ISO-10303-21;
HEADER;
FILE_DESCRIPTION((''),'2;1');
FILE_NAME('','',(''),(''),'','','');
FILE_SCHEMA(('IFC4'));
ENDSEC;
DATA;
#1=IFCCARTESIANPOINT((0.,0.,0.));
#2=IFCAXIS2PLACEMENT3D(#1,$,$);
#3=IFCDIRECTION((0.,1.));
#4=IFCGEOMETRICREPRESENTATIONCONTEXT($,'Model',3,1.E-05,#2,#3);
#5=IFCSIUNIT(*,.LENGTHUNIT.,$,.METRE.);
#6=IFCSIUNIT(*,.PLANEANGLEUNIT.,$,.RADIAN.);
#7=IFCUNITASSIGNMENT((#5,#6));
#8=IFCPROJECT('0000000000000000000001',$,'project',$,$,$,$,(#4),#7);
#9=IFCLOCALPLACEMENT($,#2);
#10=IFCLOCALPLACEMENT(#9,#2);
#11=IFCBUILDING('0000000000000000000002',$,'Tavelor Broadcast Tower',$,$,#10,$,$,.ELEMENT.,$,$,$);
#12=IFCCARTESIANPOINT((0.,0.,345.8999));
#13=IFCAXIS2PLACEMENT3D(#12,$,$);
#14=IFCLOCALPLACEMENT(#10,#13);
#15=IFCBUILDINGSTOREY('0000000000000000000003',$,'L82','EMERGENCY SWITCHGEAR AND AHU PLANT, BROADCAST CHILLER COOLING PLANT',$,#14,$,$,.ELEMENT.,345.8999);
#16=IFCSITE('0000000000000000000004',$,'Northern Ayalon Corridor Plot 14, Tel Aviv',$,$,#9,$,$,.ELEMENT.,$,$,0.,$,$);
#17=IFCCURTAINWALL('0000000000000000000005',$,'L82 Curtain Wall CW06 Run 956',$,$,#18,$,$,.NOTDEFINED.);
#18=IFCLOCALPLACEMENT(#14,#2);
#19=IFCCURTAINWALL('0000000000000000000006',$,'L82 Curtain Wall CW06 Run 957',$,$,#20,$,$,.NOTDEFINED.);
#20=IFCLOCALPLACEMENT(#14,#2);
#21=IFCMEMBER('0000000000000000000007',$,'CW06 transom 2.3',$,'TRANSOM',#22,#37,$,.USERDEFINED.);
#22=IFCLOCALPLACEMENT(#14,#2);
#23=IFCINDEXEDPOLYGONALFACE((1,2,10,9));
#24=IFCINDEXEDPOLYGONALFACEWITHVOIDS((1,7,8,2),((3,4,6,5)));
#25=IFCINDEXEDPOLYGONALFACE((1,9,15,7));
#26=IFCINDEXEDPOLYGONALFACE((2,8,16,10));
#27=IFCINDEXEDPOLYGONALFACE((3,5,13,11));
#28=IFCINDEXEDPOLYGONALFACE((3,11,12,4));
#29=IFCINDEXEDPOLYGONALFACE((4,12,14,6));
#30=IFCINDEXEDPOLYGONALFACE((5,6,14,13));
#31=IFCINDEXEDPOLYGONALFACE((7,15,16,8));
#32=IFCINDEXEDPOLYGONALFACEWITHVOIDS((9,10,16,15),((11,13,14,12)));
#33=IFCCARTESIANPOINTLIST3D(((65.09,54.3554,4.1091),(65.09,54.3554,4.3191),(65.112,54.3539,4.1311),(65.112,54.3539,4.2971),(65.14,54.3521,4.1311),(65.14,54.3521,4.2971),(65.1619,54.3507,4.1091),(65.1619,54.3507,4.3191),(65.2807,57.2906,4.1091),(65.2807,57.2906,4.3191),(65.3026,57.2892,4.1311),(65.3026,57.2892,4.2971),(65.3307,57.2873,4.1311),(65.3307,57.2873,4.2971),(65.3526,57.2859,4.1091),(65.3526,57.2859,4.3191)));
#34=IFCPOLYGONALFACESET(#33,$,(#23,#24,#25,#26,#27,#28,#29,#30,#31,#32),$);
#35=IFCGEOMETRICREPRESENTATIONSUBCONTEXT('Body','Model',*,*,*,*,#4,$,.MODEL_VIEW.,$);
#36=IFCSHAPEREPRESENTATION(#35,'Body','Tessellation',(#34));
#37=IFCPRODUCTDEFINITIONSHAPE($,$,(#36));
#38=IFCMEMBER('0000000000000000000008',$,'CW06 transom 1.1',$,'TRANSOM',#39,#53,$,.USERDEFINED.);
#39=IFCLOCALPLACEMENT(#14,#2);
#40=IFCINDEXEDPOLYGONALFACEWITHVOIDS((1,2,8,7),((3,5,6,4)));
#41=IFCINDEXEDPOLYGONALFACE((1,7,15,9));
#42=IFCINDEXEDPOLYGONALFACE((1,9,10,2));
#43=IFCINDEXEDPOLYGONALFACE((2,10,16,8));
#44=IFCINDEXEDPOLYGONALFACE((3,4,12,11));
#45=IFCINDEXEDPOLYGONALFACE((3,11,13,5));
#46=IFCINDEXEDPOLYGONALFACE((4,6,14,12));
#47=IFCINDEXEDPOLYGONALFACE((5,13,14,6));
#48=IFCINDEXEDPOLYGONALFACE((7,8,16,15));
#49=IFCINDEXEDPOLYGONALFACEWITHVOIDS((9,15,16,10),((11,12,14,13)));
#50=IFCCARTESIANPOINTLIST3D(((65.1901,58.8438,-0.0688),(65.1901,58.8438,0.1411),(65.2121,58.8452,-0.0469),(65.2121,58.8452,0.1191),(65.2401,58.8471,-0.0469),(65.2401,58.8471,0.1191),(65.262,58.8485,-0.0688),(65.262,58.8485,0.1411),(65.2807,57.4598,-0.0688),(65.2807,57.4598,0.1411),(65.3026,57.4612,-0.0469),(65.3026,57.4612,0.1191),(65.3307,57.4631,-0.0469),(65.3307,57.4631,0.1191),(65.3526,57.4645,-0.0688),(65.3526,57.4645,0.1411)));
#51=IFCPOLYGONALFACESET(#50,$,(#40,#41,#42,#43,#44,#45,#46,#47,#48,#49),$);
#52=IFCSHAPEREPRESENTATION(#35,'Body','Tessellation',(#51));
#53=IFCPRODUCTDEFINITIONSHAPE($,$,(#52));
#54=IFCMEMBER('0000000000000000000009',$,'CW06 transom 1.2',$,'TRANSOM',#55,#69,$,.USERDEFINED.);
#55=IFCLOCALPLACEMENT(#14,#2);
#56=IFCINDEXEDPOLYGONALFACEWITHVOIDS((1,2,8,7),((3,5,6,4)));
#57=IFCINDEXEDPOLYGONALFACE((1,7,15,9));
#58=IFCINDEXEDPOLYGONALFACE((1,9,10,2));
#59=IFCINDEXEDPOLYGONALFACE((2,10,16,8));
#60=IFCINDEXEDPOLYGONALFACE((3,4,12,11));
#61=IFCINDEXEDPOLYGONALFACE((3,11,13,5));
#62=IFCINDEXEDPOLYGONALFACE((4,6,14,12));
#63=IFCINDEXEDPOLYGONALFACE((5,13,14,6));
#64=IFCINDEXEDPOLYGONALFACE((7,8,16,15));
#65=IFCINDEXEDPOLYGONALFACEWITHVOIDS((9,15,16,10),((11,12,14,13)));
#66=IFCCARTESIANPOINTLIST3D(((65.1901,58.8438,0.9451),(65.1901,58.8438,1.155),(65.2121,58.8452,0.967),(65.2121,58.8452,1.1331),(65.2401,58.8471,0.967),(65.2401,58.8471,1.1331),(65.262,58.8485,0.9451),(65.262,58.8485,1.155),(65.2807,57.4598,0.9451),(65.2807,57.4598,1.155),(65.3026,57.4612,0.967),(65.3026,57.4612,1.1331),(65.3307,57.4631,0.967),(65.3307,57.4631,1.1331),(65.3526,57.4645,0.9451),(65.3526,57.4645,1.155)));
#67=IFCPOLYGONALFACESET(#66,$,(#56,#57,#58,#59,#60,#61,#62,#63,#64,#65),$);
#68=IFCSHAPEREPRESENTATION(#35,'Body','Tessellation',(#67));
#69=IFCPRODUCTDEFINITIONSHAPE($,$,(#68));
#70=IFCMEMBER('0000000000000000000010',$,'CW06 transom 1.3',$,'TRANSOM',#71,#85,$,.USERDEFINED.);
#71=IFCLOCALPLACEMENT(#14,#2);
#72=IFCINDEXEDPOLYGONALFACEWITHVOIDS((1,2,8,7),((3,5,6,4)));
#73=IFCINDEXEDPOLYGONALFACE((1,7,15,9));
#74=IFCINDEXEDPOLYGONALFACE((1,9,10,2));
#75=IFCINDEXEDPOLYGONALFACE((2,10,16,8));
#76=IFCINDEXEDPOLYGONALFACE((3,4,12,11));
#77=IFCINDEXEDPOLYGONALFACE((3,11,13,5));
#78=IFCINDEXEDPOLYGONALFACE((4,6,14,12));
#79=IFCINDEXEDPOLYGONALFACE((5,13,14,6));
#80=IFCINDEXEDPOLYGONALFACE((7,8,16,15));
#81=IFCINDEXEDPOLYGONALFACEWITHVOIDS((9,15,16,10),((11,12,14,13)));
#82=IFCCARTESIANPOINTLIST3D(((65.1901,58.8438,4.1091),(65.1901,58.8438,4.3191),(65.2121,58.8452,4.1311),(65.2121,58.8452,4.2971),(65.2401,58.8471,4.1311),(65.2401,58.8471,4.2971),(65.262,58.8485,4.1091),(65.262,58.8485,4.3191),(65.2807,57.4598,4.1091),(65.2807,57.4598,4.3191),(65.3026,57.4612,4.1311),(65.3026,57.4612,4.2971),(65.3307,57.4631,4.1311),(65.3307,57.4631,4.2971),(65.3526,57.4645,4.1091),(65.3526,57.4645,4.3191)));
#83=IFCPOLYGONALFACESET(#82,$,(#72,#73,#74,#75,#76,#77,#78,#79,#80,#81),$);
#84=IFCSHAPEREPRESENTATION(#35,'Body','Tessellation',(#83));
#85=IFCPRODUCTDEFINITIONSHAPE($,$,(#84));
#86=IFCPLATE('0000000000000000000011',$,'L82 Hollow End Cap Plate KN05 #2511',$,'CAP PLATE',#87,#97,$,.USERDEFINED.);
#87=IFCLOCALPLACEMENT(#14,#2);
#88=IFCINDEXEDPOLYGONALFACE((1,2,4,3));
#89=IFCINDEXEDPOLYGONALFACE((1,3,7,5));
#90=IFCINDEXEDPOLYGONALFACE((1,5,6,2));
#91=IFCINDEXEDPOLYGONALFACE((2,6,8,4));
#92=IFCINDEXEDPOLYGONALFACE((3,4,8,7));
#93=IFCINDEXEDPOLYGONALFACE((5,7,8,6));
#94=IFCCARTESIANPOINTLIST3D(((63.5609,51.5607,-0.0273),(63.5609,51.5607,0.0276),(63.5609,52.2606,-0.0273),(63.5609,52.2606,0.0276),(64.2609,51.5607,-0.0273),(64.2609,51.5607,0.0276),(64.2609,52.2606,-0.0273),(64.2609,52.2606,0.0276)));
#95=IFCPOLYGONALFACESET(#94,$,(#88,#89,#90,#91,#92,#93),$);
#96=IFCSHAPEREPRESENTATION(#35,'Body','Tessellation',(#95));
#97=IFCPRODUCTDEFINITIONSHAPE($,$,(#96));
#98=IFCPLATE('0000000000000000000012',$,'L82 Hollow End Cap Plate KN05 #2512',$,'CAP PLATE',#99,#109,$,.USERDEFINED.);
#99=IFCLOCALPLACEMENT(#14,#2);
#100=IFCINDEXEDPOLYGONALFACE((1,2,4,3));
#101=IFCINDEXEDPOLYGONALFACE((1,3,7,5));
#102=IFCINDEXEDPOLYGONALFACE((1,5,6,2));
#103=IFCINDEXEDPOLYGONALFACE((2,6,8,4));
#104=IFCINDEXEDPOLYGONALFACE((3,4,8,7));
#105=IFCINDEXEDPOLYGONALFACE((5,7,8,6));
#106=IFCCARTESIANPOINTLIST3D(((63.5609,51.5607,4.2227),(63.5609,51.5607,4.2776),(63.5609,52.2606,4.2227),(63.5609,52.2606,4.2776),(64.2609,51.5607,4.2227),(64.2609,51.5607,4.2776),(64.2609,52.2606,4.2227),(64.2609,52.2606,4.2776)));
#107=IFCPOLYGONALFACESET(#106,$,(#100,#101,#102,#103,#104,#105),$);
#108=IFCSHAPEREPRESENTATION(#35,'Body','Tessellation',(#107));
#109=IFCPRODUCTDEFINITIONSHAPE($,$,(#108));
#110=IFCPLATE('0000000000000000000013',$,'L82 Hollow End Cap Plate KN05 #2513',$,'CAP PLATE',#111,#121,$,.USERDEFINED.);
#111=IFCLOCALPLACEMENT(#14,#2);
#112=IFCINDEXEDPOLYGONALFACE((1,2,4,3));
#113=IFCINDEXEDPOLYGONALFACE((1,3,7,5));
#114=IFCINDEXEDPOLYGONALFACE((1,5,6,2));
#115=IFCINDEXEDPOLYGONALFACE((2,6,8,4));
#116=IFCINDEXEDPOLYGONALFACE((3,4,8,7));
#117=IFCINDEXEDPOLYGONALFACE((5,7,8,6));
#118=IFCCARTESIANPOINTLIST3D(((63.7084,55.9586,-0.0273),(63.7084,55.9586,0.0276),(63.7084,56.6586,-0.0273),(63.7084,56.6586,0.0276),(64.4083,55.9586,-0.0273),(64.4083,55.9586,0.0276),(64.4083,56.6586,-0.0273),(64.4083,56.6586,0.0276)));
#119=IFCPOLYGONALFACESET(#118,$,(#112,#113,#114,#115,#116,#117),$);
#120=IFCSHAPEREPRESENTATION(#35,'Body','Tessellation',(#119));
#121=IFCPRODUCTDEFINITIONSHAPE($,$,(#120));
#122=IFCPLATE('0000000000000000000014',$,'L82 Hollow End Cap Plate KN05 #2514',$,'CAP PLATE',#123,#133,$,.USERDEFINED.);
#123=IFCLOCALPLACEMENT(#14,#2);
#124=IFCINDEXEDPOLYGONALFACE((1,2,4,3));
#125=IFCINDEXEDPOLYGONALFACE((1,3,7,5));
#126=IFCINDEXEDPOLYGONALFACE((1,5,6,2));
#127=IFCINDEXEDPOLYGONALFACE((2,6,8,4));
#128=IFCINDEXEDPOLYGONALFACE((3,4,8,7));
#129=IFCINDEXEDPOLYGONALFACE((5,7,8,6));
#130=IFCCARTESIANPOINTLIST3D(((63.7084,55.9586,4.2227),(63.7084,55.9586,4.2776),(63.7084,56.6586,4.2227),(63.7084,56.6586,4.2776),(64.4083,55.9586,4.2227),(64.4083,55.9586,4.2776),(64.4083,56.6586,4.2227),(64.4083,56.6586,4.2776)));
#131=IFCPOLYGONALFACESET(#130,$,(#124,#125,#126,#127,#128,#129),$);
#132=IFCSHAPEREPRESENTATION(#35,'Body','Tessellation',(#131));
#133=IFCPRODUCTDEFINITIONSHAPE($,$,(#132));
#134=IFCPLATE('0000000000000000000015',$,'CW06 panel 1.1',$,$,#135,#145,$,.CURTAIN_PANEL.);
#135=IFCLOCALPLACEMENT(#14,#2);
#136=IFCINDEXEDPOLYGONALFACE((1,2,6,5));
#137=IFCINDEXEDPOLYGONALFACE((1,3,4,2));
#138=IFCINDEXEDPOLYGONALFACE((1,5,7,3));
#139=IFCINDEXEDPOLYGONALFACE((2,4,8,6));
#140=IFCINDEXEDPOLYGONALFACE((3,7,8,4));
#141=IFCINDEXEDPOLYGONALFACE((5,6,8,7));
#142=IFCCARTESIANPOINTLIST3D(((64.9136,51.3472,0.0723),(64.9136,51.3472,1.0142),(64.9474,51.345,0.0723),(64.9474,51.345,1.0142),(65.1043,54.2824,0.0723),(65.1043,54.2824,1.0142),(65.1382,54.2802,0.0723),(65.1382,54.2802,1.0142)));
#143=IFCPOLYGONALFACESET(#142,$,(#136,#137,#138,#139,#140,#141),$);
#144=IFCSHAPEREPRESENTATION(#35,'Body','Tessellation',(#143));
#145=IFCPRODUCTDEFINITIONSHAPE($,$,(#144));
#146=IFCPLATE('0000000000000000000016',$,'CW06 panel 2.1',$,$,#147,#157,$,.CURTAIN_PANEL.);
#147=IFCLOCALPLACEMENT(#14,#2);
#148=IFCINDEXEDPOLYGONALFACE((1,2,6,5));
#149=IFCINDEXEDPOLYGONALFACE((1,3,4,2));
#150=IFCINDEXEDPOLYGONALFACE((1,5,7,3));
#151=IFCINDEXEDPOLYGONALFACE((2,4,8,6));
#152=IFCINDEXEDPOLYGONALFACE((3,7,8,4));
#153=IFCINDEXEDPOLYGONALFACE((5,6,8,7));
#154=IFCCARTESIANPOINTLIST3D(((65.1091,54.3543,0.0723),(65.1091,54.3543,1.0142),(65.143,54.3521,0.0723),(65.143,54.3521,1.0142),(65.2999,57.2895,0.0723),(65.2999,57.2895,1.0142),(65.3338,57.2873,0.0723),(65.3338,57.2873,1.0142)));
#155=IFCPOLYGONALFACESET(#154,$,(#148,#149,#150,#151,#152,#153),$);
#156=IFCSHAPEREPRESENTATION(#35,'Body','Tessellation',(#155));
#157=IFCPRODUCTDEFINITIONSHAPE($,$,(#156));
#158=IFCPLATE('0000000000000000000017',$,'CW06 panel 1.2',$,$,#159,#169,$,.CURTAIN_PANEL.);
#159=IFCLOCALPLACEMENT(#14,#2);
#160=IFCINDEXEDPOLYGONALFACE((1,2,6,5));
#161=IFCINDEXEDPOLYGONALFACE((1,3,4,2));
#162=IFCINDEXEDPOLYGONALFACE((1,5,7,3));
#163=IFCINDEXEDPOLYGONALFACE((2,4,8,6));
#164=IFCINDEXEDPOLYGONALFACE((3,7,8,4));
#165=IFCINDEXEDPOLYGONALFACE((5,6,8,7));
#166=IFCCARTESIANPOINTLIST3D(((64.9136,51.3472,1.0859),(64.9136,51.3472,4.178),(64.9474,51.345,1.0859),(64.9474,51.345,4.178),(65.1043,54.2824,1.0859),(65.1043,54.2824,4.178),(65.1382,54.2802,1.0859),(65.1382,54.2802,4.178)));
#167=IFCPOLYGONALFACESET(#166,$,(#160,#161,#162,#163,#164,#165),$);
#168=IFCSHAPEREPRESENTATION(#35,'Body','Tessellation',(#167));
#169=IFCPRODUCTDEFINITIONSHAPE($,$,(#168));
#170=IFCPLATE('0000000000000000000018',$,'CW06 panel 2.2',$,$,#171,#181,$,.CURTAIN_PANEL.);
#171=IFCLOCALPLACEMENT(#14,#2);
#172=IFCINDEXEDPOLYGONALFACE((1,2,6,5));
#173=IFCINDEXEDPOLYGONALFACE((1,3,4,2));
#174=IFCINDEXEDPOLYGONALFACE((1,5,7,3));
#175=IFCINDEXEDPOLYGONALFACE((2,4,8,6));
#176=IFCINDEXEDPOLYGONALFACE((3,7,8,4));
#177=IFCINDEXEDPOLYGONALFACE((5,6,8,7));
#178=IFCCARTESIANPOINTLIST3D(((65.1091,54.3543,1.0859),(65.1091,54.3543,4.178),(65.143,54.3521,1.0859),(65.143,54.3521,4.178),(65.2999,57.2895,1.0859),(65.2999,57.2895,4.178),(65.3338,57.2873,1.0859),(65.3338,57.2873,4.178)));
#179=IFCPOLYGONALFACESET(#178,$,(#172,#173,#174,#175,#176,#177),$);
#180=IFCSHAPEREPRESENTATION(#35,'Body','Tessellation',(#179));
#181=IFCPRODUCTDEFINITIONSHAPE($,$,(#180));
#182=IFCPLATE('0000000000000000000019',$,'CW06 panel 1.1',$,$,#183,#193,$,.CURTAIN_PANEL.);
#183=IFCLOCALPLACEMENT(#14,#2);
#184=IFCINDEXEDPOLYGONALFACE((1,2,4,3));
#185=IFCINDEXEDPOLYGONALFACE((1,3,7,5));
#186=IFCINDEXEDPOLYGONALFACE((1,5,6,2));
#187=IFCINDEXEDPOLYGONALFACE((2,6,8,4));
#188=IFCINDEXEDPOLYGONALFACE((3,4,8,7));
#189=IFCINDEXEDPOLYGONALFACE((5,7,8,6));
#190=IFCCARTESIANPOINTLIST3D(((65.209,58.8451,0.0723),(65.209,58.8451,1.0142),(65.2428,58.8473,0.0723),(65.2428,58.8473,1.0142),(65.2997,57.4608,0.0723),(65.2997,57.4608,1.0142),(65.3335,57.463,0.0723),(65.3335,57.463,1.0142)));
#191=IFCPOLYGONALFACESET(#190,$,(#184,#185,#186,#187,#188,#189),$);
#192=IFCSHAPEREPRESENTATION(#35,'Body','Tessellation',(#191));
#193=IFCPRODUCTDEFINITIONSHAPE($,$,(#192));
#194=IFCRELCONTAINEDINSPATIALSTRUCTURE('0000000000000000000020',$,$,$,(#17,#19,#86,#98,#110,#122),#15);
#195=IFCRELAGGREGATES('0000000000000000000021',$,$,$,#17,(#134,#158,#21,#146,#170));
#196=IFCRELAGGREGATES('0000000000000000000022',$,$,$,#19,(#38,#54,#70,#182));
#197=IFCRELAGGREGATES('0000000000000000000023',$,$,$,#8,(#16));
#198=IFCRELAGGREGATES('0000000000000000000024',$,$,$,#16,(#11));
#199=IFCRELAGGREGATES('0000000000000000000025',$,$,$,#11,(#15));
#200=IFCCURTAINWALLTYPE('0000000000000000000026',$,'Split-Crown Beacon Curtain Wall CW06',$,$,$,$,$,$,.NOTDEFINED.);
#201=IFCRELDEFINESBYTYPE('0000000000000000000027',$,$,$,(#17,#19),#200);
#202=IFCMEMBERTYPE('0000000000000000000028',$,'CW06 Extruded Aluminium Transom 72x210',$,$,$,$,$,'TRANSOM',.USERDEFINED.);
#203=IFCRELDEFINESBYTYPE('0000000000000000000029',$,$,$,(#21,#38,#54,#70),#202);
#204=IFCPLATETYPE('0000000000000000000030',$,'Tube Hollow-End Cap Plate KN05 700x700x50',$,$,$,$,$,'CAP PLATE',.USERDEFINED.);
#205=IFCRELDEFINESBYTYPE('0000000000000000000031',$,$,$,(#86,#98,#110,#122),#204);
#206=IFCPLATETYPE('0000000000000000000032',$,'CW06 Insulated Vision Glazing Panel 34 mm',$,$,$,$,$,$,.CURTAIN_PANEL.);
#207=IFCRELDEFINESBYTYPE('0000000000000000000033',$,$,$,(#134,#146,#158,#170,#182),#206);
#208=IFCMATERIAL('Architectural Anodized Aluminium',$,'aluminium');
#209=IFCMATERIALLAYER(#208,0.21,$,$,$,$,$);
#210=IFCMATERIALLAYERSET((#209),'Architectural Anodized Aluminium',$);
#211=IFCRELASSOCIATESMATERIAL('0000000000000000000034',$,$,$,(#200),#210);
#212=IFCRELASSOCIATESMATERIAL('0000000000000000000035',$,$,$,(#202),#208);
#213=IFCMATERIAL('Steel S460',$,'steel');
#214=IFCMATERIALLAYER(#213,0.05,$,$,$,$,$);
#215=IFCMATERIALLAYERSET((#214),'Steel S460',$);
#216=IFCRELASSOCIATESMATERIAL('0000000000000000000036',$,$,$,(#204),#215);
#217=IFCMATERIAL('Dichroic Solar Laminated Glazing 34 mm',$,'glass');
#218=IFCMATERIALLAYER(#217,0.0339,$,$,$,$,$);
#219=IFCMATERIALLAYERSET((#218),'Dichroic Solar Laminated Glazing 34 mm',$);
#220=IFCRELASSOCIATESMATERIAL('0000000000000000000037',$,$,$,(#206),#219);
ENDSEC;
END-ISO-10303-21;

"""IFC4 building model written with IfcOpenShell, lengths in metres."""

from ifc_helpers import new_model, si_unit, direction, frame, origin, origin_2d, place, context, subcontext, project, spatial, rectangle, hollow_rectangle, extrude, source, transform, mapped, material, layer, layer_set, material_profile, profile_set, type_object, type_shapes, element, aggregate, save


model = new_model("IFC4")

# Units and contexts
model_context = context("Model", 3, precision=1e-05, world=origin(), true_north=direction((0.0, 1.0)))
body_context = subcontext(model_context, "Body", "Model", "MODEL_VIEW")
ifc_project = project(units=[si_unit("LENGTHUNIT", "METRE"), si_unit("PLANEANGLEUNIT", "RADIAN")], contexts=[model_context])

# Site, building, storey
site_placement = place(None, origin())
site = spatial("IfcSite", under=ifc_project, at=site_placement, Name="Northern Ayalon Corridor Plot 14, Tel Aviv", CompositionType="ELEMENT", RefElevation=0.0)
building_placement = place(site_placement, origin())
building = spatial("IfcBuilding", under=site, at=building_placement, Name="Tavelor Broadcast Tower", CompositionType="ELEMENT")
storey_placement = place(building_placement, frame((0.0, 0.0, 345.8999)))
storey = spatial("IfcBuildingStorey", under=building, at=storey_placement, Name="L82", Description="EMERGENCY SWITCHGEAR AND AHU PLANT, BROADCAST CHILLER COOLING PLANT", CompositionType="ELEMENT", Elevation=345.8999)

# Shared definitions
ifc_material_1 = material(Name="Architectural Anodized Aluminium", Category="aluminium")
ifc_layer_1 = layer(ifc_material_1, 0.21)
ifc_layer_set_1 = layer_set([ifc_layer_1], Name="Architectural Anodized Aluminium")
curtain_wall_type = type_object("IfcCurtainWallType", Name="Split-Crown Beacon Curtain Wall CW06", PredefinedType="NOTDEFINED", material=ifc_layer_set_1)

# Curtain walls
curtain_wall_1_placement = place(storey_placement, origin())
curtain_wall_1 = element("IfcCurtainWall", 1, at=curtain_wall_1_placement, inside=storey, type_object=curtain_wall_type, Name="L82 Curtain Wall CW06 Run 956", PredefinedType="NOTDEFINED")
curtain_wall_2_placement = place(storey_placement, origin())
curtain_wall_2 = element("IfcCurtainWall", 2, at=curtain_wall_2_placement, inside=storey, type_object=curtain_wall_type, Name="L82 Curtain Wall CW06 Run 957", PredefinedType="NOTDEFINED")

# Members
ifc_material_profile_1 = material_profile(ifc_material_1, hollow_rectangle(XDim=0.072, YDim=0.21, WallThickness=0.022, at=origin_2d()), Name="RHS 72x210x22")
ifc_profile_set_1 = profile_set([ifc_material_profile_1], Name="Architectural Anodized Aluminium")
member_type_1 = type_object("IfcMemberType", Name="CW06 Extruded Aluminium Transom 72x210", ElementType="TRANSOM", PredefinedType="USERDEFINED", material=ifc_profile_set_1)
shared_shape_1 = source(origin(), body_context, "Body", "SweptSolid", [
    extrude(hollow_rectangle(XDim=0.072, YDim=0.21, WallThickness=0.022, at=origin_2d()), origin(), (0.0, 0.0, 1.0), 2.9414),
])
member_1_placement = place(storey_placement, frame((65.126, 54.353, 4.2141), z_axis=(0.064822, 0.997897, 0.0), x_axis=(-0.997897, 0.064822, 0.0)))
member_1 = element("IfcMember", 3, at=member_1_placement, type_object=member_type_1, Name="CW06 transom 2.3", ObjectType="TRANSOM", PredefinedType="USERDEFINED", context=body_context, shape_type="MappedRepresentation", body=[
    mapped(shared_shape_1, transform((0.0, 0.0, 0.0), scale=1.0)),
])
shared_shape_2 = source(origin(), body_context, "Body", "SweptSolid", [
    extrude(hollow_rectangle(XDim=0.072, YDim=0.21, WallThickness=0.022, at=origin_2d()), origin(), (0.0, 0.0, 1.0), 1.387),
])
type_shapes(member_type_1, [shared_shape_1, shared_shape_2])
member_2_placement = place(storey_placement, frame((65.3167, 57.4622, 0.0361), z_axis=(-0.065304, 0.997865, 0.0), x_axis=(-0.997865, -0.065304, 0.0)))
member_2 = element("IfcMember", 4, at=member_2_placement, type_object=member_type_1, Name="CW06 transom 1.1", ObjectType="TRANSOM", PredefinedType="USERDEFINED", context=body_context, shape_type="MappedRepresentation", body=[
    mapped(shared_shape_2, transform((0.0, 0.0, 0.0), scale=1.0)),
])
member_3_placement = place(storey_placement, frame((65.3167, 57.4622, 1.05), z_axis=(-0.065304, 0.997865, 0.0), x_axis=(-0.997865, -0.065304, 0.0)))
member_3 = element("IfcMember", 5, at=member_3_placement, type_object=member_type_1, Name="CW06 transom 1.2", ObjectType="TRANSOM", PredefinedType="USERDEFINED", context=body_context, shape_type="MappedRepresentation", body=[
    mapped(shared_shape_2, transform((0.0, 0.0, 0.0), scale=1.0)),
])
member_4_placement = place(storey_placement, frame((65.3167, 57.4622, 4.2141), z_axis=(-0.065304, 0.997865, 0.0), x_axis=(-0.997865, -0.065304, 0.0)))
member_4 = element("IfcMember", 6, at=member_4_placement, type_object=member_type_1, Name="CW06 transom 1.3", ObjectType="TRANSOM", PredefinedType="USERDEFINED", context=body_context, shape_type="MappedRepresentation", body=[
    mapped(shared_shape_2, transform((0.0, 0.0, 0.0), scale=1.0)),
])

# Plates
ifc_material_2 = material(Name="Steel S460", Category="steel")
ifc_layer_2 = layer(ifc_material_2, 0.05)
ifc_layer_set_2 = layer_set([ifc_layer_2], Name="Steel S460")
plate_type_1 = type_object("IfcPlateType", Name="Tube Hollow-End Cap Plate KN05 700x700x50", ElementType="CAP PLATE", PredefinedType="USERDEFINED", material=ifc_layer_set_2)
shared_shape_3 = source(origin(), body_context, "Body", "SweptSolid", [
    extrude(rectangle(XDim=0.7, YDim=0.7, at=origin_2d()), origin(), (0.0, 0.0, 1.0), 0.0549),
])
type_shapes(plate_type_1, [shared_shape_3])
for number, where, z_axis, x_axis, name in (
    (7, (63.9109, 51.9106, -0.0273), (0.0, 0.0, 1.0), (1.0, 0.0, 0.0), "L82 Hollow End Cap Plate KN05 #2511"),
    (8, (63.9109, 51.9106, 4.2227), (0.0, 0.0, 1.0), (1.0, 0.0, 0.0), "L82 Hollow End Cap Plate KN05 #2512"),
    (9, (64.0583, 56.3086, -0.0273), (0.0, 0.0, 1.0), (1.0, 0.0, 0.0), "L82 Hollow End Cap Plate KN05 #2513"),
    (10, (64.0583, 56.3086, 4.2227), (0.0, 0.0, 1.0), (1.0, 0.0, 0.0), "L82 Hollow End Cap Plate KN05 #2514"),
):
    element("IfcPlate", number, at=place(storey_placement, frame(where, z_axis=z_axis, x_axis=x_axis)), inside=storey, type_object=plate_type_1, Name=name, ObjectType="CAP PLATE", PredefinedType="USERDEFINED", context=body_context, shape_type="MappedRepresentation", body=[
        mapped(shared_shape_3, transform((0.0, 0.0, 0.0), scale=1.0)),
    ])

# Plates
ifc_material_3 = material(Name="Dichroic Solar Laminated Glazing 34 mm", Category="glass")
ifc_layer_3 = layer(ifc_material_3, 0.0339)
ifc_layer_set_3 = layer_set([ifc_layer_3], Name="Dichroic Solar Laminated Glazing 34 mm")
plate_type_2 = type_object("IfcPlateType", Name="CW06 Insulated Vision Glazing Panel 34 mm", PredefinedType="CURTAIN_PANEL", material=ifc_layer_set_3)
shared_shape_4 = source(origin(), body_context, "Body", "SweptSolid", [
    extrude(rectangle(XDim=2.9414, YDim=0.0339, at=origin_2d()), origin(), (0.0, 0.0, 1.0), 0.9419),
])
plate_1_placement = place(storey_placement, frame((65.0259, 52.8137, 0.0723), z_axis=(0.0, 0.0, 1.0), x_axis=(0.064863, 0.997894, 0.0)))
plate_1 = element("IfcPlate", 11, at=plate_1_placement, type_object=plate_type_2, Name="CW06 panel 1.1", PredefinedType="CURTAIN_PANEL", context=body_context, shape_type="MappedRepresentation", body=[
    mapped(shared_shape_4, transform((0.0, 0.0, 0.0), scale=1.0)),
])
plate_2_placement = place(storey_placement, frame((65.2214, 55.8208, 0.0723), z_axis=(0.0, 0.0, 1.0), x_axis=(0.064863, 0.997894, 0.0)))
plate_2 = element("IfcPlate", 12, at=plate_2_placement, type_object=plate_type_2, Name="CW06 panel 2.1", PredefinedType="CURTAIN_PANEL", context=body_context, shape_type="MappedRepresentation", body=[
    mapped(shared_shape_4, transform((0.0, 0.0, 0.0), scale=1.0)),
])
shared_shape_5 = source(origin(), body_context, "Body", "SweptSolid", [
    extrude(rectangle(XDim=2.9414, YDim=0.0339, at=origin_2d()), origin(), (0.0, 0.0, 1.0), 3.092),
])
plate_3_placement = place(storey_placement, frame((65.0259, 52.8137, 1.0859), z_axis=(0.0, 0.0, 1.0), x_axis=(0.064863, 0.997894, 0.0)))
plate_3 = element("IfcPlate", 13, at=plate_3_placement, type_object=plate_type_2, Name="CW06 panel 1.2", PredefinedType="CURTAIN_PANEL", context=body_context, shape_type="MappedRepresentation", body=[
    mapped(shared_shape_5, transform((0.0, 0.0, 0.0), scale=1.0)),
])
plate_4_placement = place(storey_placement, frame((65.2214, 55.8208, 1.0859), z_axis=(0.0, 0.0, 1.0), x_axis=(0.064863, 0.997894, 0.0)))
plate_4 = element("IfcPlate", 14, at=plate_4_placement, type_object=plate_type_2, Name="CW06 panel 2.2", PredefinedType="CURTAIN_PANEL", context=body_context, shape_type="MappedRepresentation", body=[
    mapped(shared_shape_5, transform((0.0, 0.0, 0.0), scale=1.0)),
])
aggregate(curtain_wall_1, [plate_1, plate_3, member_1, plate_2, plate_4])
shared_shape_6 = source(origin(), body_context, "Body", "SweptSolid", [
    extrude(rectangle(XDim=1.3872, YDim=0.0339, at=origin_2d()), origin(), (0.0, 0.0, 1.0), 0.9419),
])
plate_5_placement = place(storey_placement, frame((65.2712, 58.1541, 0.0723), z_axis=(0.0, 0.0, 1.0), x_axis=(-0.065375, 0.997861, 0.0)))
plate_5 = element("IfcPlate", 15, at=plate_5_placement, type_object=plate_type_2, Name="CW06 panel 1.1", PredefinedType="CURTAIN_PANEL", context=body_context, shape_type="MappedRepresentation", body=[
    mapped(shared_shape_6, transform((0.0, 0.0, 0.0), scale=1.0)),
])
aggregate(curtain_wall_2, [member_2, member_3, member_4, plate_5])

save(model, "model.ifc")
